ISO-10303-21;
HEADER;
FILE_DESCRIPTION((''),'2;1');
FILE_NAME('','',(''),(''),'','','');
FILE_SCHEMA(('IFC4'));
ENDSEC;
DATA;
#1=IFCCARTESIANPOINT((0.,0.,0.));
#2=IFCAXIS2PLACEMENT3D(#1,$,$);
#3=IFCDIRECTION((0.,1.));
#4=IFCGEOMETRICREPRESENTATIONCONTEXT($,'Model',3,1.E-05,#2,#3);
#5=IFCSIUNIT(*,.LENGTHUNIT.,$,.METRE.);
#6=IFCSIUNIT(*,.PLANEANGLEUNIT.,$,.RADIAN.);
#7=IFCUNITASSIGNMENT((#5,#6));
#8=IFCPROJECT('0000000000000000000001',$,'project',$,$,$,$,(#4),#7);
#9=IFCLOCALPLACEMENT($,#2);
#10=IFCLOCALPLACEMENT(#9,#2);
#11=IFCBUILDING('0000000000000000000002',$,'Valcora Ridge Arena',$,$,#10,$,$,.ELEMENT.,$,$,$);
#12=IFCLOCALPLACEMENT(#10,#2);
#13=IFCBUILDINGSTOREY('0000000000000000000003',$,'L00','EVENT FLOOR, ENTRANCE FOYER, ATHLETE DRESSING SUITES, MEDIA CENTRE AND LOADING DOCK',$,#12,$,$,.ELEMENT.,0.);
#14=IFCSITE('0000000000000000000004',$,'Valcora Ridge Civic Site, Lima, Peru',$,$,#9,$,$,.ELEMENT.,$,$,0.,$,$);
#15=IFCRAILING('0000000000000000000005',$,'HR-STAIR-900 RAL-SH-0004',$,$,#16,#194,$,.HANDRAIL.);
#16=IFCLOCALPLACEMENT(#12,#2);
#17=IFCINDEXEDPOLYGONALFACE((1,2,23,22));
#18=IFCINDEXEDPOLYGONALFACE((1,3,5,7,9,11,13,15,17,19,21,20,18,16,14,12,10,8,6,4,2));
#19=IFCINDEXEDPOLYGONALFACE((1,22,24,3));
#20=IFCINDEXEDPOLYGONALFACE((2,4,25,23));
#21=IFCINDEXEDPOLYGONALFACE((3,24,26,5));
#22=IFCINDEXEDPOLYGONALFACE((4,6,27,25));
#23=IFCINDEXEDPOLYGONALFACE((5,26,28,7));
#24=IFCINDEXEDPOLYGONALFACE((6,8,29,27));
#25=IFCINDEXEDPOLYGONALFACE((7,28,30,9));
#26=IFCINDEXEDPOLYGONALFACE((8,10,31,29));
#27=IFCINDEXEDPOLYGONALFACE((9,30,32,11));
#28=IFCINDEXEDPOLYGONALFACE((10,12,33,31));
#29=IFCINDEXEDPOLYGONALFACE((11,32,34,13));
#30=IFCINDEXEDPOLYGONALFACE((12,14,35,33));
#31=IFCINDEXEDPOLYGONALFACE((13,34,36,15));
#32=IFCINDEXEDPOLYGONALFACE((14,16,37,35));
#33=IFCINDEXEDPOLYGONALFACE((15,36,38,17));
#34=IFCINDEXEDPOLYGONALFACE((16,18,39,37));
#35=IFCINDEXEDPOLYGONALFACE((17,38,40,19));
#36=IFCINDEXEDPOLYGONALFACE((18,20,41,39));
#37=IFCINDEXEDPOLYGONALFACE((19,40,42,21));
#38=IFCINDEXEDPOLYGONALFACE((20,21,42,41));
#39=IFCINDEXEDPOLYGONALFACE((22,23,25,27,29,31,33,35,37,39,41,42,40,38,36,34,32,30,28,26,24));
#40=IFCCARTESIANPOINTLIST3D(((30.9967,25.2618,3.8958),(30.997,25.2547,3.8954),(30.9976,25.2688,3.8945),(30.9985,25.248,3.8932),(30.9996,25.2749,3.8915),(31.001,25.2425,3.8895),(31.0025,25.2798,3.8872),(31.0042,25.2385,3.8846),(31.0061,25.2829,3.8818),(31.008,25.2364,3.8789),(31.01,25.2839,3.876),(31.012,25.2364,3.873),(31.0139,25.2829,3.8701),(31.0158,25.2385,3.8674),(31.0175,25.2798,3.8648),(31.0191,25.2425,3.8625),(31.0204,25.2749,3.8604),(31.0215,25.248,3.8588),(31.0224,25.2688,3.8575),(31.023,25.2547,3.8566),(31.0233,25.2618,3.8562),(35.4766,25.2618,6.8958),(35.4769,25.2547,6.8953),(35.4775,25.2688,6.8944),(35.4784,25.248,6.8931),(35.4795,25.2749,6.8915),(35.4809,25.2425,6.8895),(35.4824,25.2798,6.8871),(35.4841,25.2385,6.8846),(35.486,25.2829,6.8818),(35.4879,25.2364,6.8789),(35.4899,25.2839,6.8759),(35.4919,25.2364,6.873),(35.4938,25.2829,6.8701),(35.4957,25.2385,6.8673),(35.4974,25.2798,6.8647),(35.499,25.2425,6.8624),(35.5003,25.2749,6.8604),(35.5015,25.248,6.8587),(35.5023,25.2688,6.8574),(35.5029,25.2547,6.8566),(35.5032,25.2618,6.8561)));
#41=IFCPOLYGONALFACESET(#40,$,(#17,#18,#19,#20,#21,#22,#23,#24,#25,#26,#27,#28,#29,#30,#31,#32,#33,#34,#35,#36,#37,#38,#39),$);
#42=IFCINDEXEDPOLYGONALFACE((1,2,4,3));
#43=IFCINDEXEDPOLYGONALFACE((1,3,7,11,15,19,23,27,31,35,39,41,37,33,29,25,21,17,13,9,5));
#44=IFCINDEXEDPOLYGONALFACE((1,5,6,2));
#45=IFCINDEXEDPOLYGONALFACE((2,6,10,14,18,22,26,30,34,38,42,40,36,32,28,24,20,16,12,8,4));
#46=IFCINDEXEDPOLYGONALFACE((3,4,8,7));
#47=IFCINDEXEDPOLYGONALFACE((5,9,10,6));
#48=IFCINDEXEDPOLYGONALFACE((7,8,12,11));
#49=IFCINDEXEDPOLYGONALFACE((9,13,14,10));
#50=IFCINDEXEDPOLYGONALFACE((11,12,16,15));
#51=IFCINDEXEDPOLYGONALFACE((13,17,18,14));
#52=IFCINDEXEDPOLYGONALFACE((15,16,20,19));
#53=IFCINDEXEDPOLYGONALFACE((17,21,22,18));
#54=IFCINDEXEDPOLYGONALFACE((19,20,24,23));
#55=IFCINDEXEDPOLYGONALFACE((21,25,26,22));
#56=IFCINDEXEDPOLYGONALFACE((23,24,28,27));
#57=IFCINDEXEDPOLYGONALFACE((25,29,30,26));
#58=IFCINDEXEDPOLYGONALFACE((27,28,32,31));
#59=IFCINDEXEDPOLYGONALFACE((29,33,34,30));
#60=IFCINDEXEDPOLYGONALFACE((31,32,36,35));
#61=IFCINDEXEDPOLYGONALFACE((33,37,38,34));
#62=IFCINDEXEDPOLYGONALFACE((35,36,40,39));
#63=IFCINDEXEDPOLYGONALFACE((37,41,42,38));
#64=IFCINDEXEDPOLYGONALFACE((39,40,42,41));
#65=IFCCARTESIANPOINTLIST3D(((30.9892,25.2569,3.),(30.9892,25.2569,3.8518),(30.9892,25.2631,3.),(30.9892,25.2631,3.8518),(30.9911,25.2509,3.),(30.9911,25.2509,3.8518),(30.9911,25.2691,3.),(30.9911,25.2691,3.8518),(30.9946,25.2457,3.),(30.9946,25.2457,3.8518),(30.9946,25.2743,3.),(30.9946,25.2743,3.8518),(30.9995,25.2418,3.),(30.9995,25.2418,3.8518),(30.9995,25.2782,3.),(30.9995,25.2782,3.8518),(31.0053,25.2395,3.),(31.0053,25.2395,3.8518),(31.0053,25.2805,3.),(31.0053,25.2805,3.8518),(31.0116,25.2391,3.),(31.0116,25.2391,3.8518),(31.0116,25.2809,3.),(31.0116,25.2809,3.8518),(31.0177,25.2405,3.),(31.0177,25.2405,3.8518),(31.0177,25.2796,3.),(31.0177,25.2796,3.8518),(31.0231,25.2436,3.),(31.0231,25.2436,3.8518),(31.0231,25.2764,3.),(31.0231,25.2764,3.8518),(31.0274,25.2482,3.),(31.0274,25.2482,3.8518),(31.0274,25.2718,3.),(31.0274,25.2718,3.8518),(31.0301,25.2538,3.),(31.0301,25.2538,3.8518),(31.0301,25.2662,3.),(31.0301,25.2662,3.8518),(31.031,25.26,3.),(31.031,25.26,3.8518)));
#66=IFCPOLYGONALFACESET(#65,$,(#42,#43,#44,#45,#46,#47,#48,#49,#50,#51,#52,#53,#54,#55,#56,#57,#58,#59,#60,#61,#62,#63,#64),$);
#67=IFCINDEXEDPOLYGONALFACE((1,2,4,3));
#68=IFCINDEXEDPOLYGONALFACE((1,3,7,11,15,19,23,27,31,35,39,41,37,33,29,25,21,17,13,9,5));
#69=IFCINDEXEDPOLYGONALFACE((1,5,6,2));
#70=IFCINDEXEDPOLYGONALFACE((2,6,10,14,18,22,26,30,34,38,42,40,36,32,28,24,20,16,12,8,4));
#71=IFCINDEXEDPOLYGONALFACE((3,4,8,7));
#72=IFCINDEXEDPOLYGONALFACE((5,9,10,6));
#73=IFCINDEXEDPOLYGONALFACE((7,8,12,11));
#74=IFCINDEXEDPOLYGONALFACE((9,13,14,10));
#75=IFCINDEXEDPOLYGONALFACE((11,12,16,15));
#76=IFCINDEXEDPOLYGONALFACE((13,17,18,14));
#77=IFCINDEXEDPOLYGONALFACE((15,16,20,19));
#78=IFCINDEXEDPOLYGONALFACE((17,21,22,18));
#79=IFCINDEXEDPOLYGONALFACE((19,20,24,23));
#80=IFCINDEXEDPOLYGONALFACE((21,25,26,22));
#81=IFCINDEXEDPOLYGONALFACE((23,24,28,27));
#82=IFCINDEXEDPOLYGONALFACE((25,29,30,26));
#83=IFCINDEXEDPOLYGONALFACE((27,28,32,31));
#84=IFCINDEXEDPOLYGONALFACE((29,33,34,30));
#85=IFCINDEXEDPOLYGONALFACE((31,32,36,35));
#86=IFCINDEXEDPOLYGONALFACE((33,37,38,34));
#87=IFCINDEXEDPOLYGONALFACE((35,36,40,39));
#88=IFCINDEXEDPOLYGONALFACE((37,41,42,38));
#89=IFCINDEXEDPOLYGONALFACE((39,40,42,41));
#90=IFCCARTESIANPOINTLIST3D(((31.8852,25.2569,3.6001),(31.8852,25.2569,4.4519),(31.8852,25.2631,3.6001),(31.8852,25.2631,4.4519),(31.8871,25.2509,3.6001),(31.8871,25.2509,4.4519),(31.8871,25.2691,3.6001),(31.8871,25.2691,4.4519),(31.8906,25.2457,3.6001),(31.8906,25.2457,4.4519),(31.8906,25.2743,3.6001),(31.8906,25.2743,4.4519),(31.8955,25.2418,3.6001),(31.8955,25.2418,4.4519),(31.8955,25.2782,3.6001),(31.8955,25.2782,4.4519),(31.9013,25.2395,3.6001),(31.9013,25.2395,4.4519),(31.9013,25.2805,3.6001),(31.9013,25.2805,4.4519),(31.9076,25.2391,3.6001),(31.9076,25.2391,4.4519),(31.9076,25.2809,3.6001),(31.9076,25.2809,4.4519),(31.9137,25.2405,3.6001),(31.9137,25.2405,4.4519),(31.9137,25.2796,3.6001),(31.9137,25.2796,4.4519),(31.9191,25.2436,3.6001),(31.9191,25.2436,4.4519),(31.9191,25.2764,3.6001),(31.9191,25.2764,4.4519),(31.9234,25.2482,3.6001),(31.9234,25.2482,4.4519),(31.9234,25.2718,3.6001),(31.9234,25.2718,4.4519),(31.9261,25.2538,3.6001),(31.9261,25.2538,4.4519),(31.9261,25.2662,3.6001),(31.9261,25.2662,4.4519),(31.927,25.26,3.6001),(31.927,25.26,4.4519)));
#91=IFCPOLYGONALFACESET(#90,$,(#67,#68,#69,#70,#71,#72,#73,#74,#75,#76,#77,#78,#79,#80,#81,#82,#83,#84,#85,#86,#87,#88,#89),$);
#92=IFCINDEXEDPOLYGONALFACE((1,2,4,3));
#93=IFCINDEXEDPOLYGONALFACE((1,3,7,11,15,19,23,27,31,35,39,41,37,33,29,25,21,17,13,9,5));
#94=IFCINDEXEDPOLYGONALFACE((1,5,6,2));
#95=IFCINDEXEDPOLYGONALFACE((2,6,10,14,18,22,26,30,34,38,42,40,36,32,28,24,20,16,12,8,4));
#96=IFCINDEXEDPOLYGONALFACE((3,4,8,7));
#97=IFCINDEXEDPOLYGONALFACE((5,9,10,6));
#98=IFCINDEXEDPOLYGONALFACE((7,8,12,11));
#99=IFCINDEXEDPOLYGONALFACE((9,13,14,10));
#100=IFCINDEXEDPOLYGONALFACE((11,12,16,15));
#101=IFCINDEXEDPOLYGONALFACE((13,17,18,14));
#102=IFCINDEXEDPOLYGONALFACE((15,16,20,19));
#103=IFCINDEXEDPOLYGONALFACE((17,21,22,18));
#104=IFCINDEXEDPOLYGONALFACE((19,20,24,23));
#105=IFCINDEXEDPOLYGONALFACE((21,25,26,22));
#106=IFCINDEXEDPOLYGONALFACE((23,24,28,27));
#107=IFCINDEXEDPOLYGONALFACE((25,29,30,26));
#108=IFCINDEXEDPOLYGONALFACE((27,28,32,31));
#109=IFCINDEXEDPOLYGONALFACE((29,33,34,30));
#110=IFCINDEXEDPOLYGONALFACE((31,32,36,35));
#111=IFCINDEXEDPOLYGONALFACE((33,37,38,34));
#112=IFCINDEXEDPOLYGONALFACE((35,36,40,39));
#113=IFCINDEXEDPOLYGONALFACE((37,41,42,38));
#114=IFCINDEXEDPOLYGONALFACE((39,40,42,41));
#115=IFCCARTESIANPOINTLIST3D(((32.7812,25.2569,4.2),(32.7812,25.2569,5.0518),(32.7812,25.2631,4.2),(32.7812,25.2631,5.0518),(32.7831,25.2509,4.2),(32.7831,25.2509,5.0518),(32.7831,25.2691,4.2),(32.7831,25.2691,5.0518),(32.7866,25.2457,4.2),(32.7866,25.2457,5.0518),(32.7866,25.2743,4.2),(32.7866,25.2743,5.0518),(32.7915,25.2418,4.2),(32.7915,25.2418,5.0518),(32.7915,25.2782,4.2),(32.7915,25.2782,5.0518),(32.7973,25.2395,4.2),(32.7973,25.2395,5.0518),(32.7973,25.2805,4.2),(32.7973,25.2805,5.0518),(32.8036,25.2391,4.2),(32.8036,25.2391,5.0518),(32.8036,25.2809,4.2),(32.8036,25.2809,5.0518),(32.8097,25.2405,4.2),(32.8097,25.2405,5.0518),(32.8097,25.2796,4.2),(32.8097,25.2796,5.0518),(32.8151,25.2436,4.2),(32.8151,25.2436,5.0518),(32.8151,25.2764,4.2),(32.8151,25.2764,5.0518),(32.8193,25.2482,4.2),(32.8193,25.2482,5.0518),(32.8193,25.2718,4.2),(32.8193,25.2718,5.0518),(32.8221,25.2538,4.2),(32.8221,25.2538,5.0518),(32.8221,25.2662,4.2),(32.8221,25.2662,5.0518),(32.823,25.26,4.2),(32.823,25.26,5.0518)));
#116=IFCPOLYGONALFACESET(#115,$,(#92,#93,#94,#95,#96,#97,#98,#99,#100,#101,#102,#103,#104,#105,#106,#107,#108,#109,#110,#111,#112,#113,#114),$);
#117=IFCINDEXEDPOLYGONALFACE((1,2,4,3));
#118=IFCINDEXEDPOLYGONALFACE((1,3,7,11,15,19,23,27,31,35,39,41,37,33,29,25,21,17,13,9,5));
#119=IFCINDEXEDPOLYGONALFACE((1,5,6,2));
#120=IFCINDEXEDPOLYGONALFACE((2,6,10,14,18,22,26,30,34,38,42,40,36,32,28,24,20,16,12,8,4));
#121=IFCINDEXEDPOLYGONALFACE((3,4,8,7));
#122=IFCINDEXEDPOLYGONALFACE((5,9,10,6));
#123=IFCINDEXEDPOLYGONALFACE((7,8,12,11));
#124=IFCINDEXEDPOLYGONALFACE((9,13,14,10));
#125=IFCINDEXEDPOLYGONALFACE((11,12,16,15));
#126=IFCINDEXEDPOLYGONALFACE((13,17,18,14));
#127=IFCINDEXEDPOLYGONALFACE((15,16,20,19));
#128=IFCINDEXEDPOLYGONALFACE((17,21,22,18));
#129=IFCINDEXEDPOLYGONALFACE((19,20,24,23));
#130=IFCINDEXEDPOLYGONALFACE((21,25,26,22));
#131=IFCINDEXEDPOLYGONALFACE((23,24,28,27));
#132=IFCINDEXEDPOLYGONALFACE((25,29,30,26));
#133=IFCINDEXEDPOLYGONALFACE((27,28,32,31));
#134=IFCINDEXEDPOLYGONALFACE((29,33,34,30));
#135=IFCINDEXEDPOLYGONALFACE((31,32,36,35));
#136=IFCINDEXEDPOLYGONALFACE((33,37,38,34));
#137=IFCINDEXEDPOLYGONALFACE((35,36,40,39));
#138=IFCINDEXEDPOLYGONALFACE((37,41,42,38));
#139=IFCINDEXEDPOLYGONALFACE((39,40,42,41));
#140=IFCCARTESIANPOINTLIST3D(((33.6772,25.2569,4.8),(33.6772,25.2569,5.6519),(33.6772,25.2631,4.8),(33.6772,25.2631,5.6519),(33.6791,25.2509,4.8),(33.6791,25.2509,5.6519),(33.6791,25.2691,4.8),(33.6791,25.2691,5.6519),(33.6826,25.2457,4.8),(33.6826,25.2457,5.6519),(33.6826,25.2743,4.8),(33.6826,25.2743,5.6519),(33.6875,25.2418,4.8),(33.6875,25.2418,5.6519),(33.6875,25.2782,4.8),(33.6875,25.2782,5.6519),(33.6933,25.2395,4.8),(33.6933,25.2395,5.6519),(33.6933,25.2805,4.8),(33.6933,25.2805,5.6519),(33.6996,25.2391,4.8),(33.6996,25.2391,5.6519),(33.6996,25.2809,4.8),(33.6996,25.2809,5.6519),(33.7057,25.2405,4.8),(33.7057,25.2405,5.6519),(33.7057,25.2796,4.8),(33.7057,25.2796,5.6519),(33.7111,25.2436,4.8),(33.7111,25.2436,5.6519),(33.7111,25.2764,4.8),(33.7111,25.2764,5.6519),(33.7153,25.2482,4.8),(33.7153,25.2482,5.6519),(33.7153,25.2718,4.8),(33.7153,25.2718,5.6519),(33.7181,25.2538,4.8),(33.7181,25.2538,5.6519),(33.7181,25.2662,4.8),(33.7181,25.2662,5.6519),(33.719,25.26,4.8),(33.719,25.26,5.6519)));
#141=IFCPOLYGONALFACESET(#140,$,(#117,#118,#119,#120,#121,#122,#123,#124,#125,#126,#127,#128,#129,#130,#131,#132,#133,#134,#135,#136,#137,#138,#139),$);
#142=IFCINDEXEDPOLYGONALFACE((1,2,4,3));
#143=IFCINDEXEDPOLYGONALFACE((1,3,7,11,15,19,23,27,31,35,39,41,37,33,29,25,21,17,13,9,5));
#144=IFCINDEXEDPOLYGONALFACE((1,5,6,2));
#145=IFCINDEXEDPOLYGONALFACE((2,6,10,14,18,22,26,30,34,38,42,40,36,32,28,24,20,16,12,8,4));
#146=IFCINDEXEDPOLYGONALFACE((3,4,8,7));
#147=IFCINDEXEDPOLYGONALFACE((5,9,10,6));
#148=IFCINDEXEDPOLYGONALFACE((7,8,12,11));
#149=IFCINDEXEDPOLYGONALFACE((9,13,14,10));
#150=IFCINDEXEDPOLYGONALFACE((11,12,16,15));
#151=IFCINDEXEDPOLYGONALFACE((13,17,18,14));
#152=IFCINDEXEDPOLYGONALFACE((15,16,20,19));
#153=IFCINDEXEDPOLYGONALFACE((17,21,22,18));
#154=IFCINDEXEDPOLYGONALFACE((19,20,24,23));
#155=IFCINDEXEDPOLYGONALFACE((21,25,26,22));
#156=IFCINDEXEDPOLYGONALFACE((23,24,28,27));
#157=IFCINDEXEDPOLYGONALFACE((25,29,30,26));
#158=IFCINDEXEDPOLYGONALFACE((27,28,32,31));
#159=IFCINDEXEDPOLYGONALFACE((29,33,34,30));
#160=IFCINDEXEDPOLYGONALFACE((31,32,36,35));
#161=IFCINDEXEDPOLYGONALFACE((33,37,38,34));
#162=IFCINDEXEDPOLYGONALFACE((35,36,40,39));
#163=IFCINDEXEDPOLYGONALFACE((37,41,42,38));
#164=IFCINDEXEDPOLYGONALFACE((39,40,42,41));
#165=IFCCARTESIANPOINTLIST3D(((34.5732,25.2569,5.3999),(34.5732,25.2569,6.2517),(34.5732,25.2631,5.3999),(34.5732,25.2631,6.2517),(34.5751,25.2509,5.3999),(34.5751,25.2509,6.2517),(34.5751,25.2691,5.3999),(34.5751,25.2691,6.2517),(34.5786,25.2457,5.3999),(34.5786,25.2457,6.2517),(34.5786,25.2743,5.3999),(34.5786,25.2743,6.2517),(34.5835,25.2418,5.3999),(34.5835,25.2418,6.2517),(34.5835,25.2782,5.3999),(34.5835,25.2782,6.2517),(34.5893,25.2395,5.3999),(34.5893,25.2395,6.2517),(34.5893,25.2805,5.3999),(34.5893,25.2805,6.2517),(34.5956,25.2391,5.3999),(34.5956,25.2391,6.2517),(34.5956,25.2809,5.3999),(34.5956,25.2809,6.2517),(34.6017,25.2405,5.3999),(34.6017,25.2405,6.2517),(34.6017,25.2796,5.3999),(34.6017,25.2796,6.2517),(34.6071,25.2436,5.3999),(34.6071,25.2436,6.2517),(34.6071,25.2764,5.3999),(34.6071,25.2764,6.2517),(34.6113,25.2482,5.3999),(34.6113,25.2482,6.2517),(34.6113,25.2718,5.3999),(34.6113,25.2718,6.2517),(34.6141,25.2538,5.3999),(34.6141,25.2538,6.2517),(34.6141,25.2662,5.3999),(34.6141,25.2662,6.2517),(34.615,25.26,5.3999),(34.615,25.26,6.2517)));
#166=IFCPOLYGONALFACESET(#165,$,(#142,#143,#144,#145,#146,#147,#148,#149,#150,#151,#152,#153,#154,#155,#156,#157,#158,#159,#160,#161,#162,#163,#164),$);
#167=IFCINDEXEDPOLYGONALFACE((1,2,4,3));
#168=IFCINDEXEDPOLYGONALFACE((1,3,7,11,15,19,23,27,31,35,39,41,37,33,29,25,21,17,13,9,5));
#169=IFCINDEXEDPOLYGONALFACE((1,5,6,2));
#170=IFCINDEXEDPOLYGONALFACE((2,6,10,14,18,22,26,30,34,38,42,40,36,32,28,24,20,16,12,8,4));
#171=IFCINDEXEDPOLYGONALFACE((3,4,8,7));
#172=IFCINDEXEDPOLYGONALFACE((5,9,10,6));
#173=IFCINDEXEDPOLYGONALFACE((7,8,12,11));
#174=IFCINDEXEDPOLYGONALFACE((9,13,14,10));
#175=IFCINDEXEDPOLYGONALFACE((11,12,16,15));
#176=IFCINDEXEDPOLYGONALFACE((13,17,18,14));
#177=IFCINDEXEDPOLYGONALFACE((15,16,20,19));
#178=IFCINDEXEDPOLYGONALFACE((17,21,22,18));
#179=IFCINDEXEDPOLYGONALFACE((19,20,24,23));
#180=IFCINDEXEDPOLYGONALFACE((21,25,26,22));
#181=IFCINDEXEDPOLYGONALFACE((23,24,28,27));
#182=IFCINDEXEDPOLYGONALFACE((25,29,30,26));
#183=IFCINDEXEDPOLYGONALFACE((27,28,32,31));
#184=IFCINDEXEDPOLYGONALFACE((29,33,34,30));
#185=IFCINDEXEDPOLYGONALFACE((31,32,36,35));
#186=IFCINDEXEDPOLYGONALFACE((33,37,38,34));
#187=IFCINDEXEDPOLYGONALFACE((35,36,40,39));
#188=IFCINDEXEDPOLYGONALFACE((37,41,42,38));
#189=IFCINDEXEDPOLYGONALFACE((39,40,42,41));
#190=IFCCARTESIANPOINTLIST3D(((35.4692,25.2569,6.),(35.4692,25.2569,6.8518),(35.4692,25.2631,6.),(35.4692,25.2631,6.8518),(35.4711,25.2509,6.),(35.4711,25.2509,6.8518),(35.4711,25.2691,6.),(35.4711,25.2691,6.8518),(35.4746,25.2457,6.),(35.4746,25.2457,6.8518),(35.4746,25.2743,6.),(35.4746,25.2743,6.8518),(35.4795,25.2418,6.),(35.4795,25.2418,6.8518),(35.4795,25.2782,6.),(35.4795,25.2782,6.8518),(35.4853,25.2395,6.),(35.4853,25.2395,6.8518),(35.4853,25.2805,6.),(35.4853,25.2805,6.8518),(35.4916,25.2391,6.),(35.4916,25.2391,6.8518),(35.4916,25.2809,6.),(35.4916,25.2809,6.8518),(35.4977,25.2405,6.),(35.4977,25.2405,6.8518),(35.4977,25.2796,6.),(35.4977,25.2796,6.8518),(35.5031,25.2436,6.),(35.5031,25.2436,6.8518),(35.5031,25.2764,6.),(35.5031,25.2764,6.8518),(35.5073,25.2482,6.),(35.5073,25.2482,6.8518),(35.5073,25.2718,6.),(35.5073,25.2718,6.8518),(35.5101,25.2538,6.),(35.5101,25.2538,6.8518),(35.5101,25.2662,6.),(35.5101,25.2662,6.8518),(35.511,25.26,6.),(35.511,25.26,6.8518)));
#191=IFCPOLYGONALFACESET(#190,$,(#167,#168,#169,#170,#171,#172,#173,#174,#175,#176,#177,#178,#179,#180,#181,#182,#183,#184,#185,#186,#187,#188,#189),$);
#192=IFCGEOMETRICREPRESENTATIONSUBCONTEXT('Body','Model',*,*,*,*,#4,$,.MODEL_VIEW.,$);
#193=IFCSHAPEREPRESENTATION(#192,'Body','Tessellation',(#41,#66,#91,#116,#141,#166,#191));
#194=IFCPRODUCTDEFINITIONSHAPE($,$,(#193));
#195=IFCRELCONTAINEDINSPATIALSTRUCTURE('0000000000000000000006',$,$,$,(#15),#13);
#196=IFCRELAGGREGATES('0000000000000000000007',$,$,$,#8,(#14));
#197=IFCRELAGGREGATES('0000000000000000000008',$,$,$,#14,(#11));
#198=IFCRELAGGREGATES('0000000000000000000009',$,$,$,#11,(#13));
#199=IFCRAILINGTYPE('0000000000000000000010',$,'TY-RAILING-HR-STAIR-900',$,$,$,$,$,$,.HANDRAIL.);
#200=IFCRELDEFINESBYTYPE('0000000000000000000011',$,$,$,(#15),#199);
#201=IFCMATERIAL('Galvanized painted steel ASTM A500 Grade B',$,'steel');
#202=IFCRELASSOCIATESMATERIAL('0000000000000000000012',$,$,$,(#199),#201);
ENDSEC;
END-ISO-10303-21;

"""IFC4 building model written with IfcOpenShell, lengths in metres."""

from ifc_helpers import new_model, si_unit, direction, frame, origin, origin_2d, place, context, subcontext, project, spatial, circle, extrude, material, type_object, element, save


model = new_model("IFC4")

# Units and contexts
model_context = context("Model", 3, precision=1e-05, world=origin(), true_north=direction((0.0, 1.0)))
body_context = subcontext(model_context, "Body", "Model", "MODEL_VIEW")
ifc_project = project(units=[si_unit("LENGTHUNIT", "METRE"), si_unit("PLANEANGLEUNIT", "RADIAN")], contexts=[model_context])

# Site, building, storey
site_placement = place(None, origin())
site = spatial("IfcSite", under=ifc_project, at=site_placement, Name="Valcora Ridge Civic Site, Lima, Peru", CompositionType="ELEMENT", RefElevation=0.0)
building_placement = place(site_placement, origin())
building = spatial("IfcBuilding", under=site, at=building_placement, Name="Valcora Ridge Arena", CompositionType="ELEMENT")
storey_placement = place(building_placement, origin())
storey = spatial("IfcBuildingStorey", under=building, at=storey_placement, Name="L00", Description="EVENT FLOOR, ENTRANCE FOYER, ATHLETE DRESSING SUITES, MEDIA CENTRE AND LOADING DOCK", CompositionType="ELEMENT", Elevation=0.0)

# Railing
ifc_material_1 = material(Name="Galvanized painted steel ASTM A500 Grade B", Category="steel")
railing_type = type_object("IfcRailingType", Name="TY-RAILING-HR-STAIR-900", PredefinedType="HANDRAIL", material=ifc_material_1)
railing_placement = place(storey_placement, frame((31.01, 25.26, 3.0)))
element("IfcRailing", 1, at=railing_placement, inside=storey, type_object=railing_type, Name="HR-STAIR-900 RAL-SH-0004", PredefinedType="HANDRAIL", context=body_context, shape_type="SweptSolid", body=[
    extrude(circle(Radius=0.0239, at=origin_2d()), frame((0.0, 0.0, 0.876), z_axis=(0.830906, 0.0, 0.556413), x_axis=(0.0, 1.0, 0.0)), (0.0, 0.0, 1.0), 5.3916),
    extrude(circle(Radius=0.021, at=origin_2d()), origin(), (0.0, 0.0, 1.0), 0.8518),
    extrude(circle(Radius=0.021, at=origin_2d()), frame((0.896, 0.0, 0.6001)), (0.0, 0.0, 1.0), 0.8518),
    extrude(circle(Radius=0.021, at=origin_2d()), frame((1.792, 0.0, 1.2)), (0.0, 0.0, 1.0), 0.8518),
    extrude(circle(Radius=0.021, at=origin_2d()), frame((2.688, 0.0, 1.8)), (0.0, 0.0, 1.0), 0.8518),
    extrude(circle(Radius=0.021, at=origin_2d()), frame((3.584, 0.0, 2.3999)), (0.0, 0.0, 1.0), 0.8518),
    extrude(circle(Radius=0.021, at=origin_2d()), frame((4.48, 0.0, 3.0)), (0.0, 0.0, 1.0), 0.8518),
])

save(model, "model.ifc")
